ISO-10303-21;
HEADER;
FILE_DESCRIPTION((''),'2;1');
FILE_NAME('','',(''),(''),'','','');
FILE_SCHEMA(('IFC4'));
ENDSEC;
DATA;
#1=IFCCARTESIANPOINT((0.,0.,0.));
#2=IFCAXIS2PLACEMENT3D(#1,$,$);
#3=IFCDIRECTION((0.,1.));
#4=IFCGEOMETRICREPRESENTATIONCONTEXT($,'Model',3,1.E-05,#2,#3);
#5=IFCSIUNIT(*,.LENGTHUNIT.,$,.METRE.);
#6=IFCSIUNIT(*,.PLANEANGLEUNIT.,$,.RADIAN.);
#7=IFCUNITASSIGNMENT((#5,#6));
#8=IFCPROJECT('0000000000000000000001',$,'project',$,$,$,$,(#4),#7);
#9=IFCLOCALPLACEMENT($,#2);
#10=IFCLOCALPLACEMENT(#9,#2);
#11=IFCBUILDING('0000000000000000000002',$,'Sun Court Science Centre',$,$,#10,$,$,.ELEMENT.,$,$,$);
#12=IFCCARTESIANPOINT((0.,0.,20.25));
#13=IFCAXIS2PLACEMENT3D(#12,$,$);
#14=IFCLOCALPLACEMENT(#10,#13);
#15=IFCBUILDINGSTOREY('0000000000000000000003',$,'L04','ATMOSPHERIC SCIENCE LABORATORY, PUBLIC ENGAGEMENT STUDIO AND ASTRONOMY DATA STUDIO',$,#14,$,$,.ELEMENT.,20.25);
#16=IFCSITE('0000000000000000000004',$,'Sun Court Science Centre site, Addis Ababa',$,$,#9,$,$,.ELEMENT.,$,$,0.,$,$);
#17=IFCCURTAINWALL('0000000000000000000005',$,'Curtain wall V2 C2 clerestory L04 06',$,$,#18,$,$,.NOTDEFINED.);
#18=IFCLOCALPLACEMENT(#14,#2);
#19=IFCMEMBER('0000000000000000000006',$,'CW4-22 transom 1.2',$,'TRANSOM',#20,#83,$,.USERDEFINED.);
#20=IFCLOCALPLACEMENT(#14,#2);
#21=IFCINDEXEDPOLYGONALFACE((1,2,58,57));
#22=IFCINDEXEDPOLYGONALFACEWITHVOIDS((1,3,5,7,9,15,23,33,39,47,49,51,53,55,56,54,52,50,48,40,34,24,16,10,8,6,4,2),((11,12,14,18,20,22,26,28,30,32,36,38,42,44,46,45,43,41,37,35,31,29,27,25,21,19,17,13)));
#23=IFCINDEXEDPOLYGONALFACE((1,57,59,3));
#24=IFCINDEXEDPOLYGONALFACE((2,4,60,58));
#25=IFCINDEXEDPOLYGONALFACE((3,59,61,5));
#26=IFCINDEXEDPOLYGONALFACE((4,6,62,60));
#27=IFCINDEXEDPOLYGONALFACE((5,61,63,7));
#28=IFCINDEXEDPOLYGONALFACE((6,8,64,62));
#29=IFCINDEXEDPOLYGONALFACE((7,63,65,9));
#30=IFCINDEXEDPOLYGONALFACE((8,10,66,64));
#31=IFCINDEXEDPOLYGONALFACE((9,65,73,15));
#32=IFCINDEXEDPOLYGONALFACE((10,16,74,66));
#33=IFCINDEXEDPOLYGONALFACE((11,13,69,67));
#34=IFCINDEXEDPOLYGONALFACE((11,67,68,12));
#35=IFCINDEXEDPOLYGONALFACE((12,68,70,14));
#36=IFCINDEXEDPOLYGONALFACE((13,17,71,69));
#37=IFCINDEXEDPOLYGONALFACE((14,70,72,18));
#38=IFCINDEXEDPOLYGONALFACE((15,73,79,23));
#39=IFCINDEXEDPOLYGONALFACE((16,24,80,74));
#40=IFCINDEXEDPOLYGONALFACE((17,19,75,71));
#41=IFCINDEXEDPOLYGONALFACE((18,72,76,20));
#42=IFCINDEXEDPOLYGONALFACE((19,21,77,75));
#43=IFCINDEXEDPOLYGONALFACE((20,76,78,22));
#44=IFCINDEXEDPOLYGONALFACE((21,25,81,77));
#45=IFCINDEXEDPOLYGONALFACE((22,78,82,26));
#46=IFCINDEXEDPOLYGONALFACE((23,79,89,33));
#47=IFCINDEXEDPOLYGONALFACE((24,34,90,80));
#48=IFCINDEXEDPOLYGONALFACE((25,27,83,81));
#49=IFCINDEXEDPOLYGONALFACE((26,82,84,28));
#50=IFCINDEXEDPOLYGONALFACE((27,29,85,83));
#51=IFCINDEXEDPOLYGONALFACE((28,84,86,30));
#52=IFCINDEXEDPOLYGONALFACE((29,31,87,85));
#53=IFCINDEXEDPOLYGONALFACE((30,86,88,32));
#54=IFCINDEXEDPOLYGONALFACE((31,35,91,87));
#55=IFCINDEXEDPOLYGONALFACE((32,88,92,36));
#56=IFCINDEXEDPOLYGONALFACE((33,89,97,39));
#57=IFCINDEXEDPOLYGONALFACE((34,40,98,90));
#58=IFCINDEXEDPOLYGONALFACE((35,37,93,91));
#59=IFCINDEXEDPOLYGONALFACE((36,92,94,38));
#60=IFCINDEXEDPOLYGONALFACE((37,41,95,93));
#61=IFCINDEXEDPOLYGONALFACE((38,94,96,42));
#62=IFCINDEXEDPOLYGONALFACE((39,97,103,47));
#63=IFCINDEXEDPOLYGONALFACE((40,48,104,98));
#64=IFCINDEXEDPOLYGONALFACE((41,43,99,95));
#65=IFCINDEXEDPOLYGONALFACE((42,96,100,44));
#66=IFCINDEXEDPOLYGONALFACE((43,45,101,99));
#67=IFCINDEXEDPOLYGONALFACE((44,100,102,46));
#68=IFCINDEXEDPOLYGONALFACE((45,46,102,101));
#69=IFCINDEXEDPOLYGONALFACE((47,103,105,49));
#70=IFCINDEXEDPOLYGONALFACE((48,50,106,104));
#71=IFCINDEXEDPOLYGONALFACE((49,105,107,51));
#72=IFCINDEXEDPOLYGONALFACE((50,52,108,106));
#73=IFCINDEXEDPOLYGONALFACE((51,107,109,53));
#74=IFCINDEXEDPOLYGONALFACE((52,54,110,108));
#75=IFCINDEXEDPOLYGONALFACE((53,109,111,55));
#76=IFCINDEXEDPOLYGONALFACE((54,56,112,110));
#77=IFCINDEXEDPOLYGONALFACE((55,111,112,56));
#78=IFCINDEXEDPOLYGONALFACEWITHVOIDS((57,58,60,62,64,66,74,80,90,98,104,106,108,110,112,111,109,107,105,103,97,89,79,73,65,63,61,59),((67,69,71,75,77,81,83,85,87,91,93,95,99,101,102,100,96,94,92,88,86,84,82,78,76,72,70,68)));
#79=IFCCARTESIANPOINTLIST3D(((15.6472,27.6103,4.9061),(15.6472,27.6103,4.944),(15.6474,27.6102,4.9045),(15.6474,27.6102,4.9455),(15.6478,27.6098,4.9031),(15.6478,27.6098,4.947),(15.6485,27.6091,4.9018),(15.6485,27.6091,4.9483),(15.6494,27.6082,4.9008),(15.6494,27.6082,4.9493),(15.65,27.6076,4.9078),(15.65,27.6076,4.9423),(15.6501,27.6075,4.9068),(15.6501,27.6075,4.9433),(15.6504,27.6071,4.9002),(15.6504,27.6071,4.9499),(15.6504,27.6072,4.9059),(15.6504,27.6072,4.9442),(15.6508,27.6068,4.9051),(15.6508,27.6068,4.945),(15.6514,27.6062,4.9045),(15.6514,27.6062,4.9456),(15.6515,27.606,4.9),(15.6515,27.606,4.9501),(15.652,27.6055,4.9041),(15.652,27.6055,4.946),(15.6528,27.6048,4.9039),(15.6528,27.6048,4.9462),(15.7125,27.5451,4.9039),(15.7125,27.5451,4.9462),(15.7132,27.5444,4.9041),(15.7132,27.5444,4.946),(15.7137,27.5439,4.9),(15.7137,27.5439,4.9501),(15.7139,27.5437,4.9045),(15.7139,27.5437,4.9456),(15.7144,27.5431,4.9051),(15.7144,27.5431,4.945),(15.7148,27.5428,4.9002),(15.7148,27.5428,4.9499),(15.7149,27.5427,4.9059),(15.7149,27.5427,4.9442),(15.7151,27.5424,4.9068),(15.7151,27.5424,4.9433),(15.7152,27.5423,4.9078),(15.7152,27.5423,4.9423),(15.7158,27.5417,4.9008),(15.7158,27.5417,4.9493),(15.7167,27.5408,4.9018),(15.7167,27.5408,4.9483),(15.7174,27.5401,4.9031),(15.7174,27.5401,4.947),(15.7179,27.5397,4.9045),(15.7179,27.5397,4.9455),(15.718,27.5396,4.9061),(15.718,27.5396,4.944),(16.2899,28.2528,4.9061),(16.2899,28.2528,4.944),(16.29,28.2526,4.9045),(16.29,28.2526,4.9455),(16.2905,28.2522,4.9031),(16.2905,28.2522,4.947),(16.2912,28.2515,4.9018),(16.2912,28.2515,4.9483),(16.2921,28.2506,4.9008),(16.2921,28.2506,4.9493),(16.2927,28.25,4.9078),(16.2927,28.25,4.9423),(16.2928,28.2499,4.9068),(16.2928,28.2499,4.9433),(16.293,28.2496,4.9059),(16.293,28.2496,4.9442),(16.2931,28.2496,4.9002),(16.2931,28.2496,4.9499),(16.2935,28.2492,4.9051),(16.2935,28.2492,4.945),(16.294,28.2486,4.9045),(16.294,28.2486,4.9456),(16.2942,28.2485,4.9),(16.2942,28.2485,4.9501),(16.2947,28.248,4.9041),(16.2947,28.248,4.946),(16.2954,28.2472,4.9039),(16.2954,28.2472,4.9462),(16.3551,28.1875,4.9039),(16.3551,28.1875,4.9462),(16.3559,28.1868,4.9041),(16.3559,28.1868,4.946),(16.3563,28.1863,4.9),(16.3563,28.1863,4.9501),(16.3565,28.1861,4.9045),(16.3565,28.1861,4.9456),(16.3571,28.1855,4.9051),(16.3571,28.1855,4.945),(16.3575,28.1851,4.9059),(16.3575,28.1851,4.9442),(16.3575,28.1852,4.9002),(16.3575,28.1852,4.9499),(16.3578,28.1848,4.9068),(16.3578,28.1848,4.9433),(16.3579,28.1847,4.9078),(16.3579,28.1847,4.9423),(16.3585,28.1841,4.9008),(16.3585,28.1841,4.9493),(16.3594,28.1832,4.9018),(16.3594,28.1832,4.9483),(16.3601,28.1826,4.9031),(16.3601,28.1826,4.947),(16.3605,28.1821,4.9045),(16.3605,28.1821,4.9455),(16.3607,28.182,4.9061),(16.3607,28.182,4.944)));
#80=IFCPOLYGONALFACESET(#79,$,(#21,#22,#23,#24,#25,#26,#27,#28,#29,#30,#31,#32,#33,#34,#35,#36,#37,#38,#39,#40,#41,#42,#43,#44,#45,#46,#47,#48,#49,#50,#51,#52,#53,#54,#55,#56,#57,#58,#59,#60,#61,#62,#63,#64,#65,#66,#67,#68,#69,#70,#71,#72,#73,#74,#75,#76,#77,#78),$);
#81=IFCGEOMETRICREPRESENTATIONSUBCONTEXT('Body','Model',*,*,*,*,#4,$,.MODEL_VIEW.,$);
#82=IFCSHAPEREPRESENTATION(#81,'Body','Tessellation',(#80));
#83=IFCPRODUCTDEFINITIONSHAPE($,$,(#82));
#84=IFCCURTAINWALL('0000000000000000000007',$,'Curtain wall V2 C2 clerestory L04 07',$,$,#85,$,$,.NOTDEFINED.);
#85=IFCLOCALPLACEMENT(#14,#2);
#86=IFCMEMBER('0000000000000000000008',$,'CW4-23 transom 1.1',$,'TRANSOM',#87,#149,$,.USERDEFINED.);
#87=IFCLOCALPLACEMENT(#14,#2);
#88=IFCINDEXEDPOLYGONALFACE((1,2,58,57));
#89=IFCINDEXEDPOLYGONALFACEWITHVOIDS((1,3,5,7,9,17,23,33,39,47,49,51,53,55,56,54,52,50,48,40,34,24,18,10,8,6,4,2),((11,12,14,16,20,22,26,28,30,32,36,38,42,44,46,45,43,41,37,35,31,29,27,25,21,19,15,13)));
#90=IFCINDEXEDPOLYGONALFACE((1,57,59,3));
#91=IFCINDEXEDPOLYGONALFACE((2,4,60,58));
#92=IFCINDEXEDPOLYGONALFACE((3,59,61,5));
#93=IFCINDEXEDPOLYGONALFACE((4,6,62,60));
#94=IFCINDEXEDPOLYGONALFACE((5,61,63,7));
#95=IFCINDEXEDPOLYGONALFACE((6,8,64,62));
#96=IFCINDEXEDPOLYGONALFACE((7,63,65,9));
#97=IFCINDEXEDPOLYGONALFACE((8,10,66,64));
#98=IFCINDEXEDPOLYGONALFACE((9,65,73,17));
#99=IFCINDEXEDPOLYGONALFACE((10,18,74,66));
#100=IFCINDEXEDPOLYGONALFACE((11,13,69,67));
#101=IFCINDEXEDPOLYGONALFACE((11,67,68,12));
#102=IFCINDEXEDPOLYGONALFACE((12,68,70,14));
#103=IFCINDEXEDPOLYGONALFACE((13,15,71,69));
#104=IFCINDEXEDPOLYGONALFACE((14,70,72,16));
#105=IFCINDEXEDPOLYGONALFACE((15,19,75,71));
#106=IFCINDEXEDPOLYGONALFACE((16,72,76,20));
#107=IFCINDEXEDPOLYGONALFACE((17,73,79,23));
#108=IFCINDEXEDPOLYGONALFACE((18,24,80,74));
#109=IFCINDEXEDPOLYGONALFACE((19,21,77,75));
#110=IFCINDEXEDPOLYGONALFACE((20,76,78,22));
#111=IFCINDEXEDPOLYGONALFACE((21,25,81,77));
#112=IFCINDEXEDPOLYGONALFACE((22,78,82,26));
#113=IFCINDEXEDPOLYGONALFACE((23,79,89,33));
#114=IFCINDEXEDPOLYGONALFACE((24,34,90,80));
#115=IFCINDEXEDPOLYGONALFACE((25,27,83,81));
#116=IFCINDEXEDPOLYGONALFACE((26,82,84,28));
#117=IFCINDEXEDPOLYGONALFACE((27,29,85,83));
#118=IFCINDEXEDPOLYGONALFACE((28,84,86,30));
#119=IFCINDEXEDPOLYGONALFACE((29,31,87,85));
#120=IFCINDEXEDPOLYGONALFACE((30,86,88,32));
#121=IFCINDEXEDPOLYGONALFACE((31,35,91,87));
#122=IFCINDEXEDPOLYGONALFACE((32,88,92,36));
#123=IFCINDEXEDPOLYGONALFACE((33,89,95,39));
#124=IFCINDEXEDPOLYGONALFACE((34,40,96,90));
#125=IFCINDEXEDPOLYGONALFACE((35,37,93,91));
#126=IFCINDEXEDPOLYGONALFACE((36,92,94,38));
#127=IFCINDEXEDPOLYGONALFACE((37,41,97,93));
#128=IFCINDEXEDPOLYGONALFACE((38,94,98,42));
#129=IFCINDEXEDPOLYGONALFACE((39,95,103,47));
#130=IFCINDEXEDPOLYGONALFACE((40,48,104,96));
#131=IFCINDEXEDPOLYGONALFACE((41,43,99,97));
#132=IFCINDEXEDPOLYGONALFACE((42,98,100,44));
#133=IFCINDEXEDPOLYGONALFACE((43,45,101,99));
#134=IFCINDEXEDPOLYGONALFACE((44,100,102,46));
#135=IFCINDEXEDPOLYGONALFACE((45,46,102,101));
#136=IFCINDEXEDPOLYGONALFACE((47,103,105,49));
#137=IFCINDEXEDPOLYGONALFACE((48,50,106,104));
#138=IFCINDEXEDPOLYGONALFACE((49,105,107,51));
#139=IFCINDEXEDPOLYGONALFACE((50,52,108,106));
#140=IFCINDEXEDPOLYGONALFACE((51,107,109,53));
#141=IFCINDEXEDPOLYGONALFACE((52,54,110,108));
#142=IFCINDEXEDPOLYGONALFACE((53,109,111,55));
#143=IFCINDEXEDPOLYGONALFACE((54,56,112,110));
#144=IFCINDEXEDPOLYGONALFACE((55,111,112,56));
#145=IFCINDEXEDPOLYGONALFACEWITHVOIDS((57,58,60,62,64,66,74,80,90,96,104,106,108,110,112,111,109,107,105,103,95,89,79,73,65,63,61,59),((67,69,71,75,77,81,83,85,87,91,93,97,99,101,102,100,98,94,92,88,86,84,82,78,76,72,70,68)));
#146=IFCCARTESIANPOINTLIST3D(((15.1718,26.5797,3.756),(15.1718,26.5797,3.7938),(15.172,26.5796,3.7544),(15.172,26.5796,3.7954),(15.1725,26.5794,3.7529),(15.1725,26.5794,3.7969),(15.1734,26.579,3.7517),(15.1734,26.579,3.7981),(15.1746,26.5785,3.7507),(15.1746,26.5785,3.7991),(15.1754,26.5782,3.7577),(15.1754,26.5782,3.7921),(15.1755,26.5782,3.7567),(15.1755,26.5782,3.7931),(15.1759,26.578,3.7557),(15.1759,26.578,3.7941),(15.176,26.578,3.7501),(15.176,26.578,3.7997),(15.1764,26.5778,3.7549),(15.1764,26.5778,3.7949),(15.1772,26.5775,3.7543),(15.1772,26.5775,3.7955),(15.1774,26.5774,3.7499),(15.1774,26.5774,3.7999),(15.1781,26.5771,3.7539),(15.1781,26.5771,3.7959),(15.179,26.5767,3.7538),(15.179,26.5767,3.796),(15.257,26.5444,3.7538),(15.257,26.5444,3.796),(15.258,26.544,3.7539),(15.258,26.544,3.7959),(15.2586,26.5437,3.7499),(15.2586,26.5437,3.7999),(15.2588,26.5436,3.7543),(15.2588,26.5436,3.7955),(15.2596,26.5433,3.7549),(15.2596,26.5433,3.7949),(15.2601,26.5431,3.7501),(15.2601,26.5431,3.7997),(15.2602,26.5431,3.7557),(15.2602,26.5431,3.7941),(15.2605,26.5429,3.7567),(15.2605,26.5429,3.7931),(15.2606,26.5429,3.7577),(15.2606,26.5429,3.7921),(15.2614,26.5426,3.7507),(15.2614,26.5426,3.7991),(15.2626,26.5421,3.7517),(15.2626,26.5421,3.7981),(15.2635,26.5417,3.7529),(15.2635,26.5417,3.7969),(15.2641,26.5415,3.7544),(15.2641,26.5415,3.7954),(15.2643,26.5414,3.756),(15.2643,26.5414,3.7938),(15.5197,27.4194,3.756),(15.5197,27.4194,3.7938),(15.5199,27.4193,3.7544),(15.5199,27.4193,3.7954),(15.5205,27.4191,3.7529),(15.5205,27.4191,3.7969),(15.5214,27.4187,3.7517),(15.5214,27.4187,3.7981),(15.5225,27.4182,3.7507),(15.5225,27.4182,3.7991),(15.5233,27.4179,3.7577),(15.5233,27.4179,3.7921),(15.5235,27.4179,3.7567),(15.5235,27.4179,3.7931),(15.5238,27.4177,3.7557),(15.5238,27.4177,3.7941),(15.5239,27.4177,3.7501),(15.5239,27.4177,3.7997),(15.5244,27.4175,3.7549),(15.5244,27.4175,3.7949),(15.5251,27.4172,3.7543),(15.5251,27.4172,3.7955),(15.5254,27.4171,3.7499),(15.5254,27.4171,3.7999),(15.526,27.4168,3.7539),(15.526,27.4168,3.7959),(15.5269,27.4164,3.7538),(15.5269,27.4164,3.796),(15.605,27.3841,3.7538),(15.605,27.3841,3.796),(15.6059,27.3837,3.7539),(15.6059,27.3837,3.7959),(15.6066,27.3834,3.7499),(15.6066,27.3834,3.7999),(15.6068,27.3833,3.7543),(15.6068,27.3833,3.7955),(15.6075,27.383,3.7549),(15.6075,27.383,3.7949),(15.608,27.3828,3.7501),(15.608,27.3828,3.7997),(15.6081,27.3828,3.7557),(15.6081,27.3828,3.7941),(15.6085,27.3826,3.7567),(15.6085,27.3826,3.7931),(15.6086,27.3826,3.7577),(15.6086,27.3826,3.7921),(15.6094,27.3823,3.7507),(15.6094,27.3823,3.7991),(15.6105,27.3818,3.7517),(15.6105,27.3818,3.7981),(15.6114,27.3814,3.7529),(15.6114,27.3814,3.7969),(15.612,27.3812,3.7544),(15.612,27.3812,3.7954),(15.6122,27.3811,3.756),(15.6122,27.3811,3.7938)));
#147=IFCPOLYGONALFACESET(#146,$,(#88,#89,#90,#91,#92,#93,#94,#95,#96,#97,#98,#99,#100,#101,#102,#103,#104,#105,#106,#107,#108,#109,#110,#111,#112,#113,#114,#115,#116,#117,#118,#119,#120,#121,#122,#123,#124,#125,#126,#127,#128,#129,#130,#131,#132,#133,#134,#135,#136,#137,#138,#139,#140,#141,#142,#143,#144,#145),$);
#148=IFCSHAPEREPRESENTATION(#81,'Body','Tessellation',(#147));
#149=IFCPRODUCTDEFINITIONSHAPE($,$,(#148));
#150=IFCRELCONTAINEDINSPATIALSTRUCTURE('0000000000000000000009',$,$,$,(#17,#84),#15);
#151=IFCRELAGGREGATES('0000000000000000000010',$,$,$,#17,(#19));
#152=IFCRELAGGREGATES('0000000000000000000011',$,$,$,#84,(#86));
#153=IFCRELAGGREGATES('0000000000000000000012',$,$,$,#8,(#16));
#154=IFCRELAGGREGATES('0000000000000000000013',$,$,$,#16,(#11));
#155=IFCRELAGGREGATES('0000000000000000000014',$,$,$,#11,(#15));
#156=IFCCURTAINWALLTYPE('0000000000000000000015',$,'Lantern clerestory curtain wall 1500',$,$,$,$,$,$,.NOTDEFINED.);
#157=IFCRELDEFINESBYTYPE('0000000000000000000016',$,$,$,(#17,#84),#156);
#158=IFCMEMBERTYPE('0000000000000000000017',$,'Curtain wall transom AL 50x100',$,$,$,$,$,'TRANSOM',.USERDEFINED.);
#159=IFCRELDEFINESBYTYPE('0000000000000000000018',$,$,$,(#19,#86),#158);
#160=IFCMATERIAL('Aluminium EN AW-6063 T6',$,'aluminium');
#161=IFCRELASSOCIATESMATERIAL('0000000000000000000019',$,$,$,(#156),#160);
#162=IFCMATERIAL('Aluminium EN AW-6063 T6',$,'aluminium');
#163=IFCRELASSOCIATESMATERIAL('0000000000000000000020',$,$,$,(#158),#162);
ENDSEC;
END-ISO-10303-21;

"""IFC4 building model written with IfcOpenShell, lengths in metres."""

from ifc_helpers import new_model, si_unit, direction, frame, origin, origin_2d, place, context, subcontext, project, spatial, hollow_rectangle, extrude, material, material_profile, profile_set, type_object, element, aggregate, save


model = new_model("IFC4")

# Units and contexts
model_context = context("Model", 3, precision=1e-05, world=origin(), true_north=direction((0.0, 1.0)))
body_context = subcontext(model_context, "Body", "Model", "MODEL_VIEW")
ifc_project = project(units=[si_unit("LENGTHUNIT", "METRE"), si_unit("PLANEANGLEUNIT", "RADIAN")], contexts=[model_context])

# Site, building, storey
site_placement = place(None, origin())
site = spatial("IfcSite", under=ifc_project, at=site_placement, Name="Sun Court Science Centre site, Addis Ababa", CompositionType="ELEMENT", RefElevation=0.0)
building_placement = place(site_placement, origin())
building = spatial("IfcBuilding", under=site, at=building_placement, Name="Sun Court Science Centre", CompositionType="ELEMENT")
storey_placement = place(building_placement, frame((0.0, 0.0, 20.25)))
storey = spatial("IfcBuildingStorey", under=building, at=storey_placement, Name="L04", Description="ATMOSPHERIC SCIENCE LABORATORY, PUBLIC ENGAGEMENT STUDIO AND ASTRONOMY DATA STUDIO", CompositionType="ELEMENT", Elevation=20.25)

# Curtain walls, members
ifc_material_1 = material(Name="Aluminium EN AW-6063 T6", Category="aluminium")
curtain_wall_type = type_object("IfcCurtainWallType", Name="Lantern clerestory curtain wall 1500", PredefinedType="NOTDEFINED", material=ifc_material_1)
ifc_material_2 = material(Name="Aluminium EN AW-6063 T6", Category="aluminium")
ifc_material_profile_1 = material_profile(ifc_material_2, hollow_rectangle(XDim=0.05, YDim=0.1001, WallThickness=0.0039, InnerFilletRadius=0.0039, OuterFilletRadius=0.0061, at=origin_2d()), Name="AL 50x100x4")
ifc_profile_set_1 = profile_set([ifc_material_profile_1], Name="Aluminium EN AW-6063 T6")
member_type_1 = type_object("IfcMemberType", Name="Curtain wall transom AL 50x100", ElementType="TRANSOM", PredefinedType="USERDEFINED", material=ifc_profile_set_1)
curtain_wall_1_placement = place(storey_placement, origin())
curtain_wall_1 = element("IfcCurtainWall", 1, at=curtain_wall_1_placement, inside=storey, type_object=curtain_wall_type, Name="Curtain wall V2 C2 clerestory L04 06", PredefinedType="NOTDEFINED")
member_1_placement = place(storey_placement, frame((15.6826, 27.575, 4.925), z_axis=(0.707241, 0.706972, 0.0), x_axis=(0.0, 0.0, 1.0)))
member_1 = element("IfcMember", 2, at=member_1_placement, type_object=member_type_1, Name="CW4-22 transom 1.2", ObjectType="TRANSOM", PredefinedType="USERDEFINED", context=body_context, shape_type="SweptSolid", body=[
    extrude(hollow_rectangle(XDim=0.05, YDim=0.1001, WallThickness=0.0039, InnerFilletRadius=0.0039, OuterFilletRadius=0.0061, at=origin_2d()), origin(), (0.0, 0.0, 1.0), 0.9087),
])
curtain_wall_2_placement = place(storey_placement, origin())
curtain_wall_2 = element("IfcCurtainWall", 3, at=curtain_wall_2_placement, inside=storey, type_object=curtain_wall_type, Name="Curtain wall V2 C2 clerestory L04 07", PredefinedType="NOTDEFINED")
member_2_placement = place(storey_placement, frame((15.218, 26.5605, 3.7749), z_axis=(0.382803, 0.92383, 0.0), x_axis=(0.0, 0.0, 1.0)))
member_2 = element("IfcMember", 4, at=member_2_placement, type_object=member_type_1, Name="CW4-23 transom 1.1", ObjectType="TRANSOM", PredefinedType="USERDEFINED", context=body_context, shape_type="SweptSolid", body=[
    extrude(hollow_rectangle(XDim=0.05, YDim=0.1001, WallThickness=0.0039, InnerFilletRadius=0.0039, OuterFilletRadius=0.0061, at=origin_2d()), origin(), (0.0, 0.0, 1.0), 0.9089),
])

aggregate(curtain_wall_1, [member_1])
aggregate(curtain_wall_2, [member_2])

save(model, "model.ifc")
